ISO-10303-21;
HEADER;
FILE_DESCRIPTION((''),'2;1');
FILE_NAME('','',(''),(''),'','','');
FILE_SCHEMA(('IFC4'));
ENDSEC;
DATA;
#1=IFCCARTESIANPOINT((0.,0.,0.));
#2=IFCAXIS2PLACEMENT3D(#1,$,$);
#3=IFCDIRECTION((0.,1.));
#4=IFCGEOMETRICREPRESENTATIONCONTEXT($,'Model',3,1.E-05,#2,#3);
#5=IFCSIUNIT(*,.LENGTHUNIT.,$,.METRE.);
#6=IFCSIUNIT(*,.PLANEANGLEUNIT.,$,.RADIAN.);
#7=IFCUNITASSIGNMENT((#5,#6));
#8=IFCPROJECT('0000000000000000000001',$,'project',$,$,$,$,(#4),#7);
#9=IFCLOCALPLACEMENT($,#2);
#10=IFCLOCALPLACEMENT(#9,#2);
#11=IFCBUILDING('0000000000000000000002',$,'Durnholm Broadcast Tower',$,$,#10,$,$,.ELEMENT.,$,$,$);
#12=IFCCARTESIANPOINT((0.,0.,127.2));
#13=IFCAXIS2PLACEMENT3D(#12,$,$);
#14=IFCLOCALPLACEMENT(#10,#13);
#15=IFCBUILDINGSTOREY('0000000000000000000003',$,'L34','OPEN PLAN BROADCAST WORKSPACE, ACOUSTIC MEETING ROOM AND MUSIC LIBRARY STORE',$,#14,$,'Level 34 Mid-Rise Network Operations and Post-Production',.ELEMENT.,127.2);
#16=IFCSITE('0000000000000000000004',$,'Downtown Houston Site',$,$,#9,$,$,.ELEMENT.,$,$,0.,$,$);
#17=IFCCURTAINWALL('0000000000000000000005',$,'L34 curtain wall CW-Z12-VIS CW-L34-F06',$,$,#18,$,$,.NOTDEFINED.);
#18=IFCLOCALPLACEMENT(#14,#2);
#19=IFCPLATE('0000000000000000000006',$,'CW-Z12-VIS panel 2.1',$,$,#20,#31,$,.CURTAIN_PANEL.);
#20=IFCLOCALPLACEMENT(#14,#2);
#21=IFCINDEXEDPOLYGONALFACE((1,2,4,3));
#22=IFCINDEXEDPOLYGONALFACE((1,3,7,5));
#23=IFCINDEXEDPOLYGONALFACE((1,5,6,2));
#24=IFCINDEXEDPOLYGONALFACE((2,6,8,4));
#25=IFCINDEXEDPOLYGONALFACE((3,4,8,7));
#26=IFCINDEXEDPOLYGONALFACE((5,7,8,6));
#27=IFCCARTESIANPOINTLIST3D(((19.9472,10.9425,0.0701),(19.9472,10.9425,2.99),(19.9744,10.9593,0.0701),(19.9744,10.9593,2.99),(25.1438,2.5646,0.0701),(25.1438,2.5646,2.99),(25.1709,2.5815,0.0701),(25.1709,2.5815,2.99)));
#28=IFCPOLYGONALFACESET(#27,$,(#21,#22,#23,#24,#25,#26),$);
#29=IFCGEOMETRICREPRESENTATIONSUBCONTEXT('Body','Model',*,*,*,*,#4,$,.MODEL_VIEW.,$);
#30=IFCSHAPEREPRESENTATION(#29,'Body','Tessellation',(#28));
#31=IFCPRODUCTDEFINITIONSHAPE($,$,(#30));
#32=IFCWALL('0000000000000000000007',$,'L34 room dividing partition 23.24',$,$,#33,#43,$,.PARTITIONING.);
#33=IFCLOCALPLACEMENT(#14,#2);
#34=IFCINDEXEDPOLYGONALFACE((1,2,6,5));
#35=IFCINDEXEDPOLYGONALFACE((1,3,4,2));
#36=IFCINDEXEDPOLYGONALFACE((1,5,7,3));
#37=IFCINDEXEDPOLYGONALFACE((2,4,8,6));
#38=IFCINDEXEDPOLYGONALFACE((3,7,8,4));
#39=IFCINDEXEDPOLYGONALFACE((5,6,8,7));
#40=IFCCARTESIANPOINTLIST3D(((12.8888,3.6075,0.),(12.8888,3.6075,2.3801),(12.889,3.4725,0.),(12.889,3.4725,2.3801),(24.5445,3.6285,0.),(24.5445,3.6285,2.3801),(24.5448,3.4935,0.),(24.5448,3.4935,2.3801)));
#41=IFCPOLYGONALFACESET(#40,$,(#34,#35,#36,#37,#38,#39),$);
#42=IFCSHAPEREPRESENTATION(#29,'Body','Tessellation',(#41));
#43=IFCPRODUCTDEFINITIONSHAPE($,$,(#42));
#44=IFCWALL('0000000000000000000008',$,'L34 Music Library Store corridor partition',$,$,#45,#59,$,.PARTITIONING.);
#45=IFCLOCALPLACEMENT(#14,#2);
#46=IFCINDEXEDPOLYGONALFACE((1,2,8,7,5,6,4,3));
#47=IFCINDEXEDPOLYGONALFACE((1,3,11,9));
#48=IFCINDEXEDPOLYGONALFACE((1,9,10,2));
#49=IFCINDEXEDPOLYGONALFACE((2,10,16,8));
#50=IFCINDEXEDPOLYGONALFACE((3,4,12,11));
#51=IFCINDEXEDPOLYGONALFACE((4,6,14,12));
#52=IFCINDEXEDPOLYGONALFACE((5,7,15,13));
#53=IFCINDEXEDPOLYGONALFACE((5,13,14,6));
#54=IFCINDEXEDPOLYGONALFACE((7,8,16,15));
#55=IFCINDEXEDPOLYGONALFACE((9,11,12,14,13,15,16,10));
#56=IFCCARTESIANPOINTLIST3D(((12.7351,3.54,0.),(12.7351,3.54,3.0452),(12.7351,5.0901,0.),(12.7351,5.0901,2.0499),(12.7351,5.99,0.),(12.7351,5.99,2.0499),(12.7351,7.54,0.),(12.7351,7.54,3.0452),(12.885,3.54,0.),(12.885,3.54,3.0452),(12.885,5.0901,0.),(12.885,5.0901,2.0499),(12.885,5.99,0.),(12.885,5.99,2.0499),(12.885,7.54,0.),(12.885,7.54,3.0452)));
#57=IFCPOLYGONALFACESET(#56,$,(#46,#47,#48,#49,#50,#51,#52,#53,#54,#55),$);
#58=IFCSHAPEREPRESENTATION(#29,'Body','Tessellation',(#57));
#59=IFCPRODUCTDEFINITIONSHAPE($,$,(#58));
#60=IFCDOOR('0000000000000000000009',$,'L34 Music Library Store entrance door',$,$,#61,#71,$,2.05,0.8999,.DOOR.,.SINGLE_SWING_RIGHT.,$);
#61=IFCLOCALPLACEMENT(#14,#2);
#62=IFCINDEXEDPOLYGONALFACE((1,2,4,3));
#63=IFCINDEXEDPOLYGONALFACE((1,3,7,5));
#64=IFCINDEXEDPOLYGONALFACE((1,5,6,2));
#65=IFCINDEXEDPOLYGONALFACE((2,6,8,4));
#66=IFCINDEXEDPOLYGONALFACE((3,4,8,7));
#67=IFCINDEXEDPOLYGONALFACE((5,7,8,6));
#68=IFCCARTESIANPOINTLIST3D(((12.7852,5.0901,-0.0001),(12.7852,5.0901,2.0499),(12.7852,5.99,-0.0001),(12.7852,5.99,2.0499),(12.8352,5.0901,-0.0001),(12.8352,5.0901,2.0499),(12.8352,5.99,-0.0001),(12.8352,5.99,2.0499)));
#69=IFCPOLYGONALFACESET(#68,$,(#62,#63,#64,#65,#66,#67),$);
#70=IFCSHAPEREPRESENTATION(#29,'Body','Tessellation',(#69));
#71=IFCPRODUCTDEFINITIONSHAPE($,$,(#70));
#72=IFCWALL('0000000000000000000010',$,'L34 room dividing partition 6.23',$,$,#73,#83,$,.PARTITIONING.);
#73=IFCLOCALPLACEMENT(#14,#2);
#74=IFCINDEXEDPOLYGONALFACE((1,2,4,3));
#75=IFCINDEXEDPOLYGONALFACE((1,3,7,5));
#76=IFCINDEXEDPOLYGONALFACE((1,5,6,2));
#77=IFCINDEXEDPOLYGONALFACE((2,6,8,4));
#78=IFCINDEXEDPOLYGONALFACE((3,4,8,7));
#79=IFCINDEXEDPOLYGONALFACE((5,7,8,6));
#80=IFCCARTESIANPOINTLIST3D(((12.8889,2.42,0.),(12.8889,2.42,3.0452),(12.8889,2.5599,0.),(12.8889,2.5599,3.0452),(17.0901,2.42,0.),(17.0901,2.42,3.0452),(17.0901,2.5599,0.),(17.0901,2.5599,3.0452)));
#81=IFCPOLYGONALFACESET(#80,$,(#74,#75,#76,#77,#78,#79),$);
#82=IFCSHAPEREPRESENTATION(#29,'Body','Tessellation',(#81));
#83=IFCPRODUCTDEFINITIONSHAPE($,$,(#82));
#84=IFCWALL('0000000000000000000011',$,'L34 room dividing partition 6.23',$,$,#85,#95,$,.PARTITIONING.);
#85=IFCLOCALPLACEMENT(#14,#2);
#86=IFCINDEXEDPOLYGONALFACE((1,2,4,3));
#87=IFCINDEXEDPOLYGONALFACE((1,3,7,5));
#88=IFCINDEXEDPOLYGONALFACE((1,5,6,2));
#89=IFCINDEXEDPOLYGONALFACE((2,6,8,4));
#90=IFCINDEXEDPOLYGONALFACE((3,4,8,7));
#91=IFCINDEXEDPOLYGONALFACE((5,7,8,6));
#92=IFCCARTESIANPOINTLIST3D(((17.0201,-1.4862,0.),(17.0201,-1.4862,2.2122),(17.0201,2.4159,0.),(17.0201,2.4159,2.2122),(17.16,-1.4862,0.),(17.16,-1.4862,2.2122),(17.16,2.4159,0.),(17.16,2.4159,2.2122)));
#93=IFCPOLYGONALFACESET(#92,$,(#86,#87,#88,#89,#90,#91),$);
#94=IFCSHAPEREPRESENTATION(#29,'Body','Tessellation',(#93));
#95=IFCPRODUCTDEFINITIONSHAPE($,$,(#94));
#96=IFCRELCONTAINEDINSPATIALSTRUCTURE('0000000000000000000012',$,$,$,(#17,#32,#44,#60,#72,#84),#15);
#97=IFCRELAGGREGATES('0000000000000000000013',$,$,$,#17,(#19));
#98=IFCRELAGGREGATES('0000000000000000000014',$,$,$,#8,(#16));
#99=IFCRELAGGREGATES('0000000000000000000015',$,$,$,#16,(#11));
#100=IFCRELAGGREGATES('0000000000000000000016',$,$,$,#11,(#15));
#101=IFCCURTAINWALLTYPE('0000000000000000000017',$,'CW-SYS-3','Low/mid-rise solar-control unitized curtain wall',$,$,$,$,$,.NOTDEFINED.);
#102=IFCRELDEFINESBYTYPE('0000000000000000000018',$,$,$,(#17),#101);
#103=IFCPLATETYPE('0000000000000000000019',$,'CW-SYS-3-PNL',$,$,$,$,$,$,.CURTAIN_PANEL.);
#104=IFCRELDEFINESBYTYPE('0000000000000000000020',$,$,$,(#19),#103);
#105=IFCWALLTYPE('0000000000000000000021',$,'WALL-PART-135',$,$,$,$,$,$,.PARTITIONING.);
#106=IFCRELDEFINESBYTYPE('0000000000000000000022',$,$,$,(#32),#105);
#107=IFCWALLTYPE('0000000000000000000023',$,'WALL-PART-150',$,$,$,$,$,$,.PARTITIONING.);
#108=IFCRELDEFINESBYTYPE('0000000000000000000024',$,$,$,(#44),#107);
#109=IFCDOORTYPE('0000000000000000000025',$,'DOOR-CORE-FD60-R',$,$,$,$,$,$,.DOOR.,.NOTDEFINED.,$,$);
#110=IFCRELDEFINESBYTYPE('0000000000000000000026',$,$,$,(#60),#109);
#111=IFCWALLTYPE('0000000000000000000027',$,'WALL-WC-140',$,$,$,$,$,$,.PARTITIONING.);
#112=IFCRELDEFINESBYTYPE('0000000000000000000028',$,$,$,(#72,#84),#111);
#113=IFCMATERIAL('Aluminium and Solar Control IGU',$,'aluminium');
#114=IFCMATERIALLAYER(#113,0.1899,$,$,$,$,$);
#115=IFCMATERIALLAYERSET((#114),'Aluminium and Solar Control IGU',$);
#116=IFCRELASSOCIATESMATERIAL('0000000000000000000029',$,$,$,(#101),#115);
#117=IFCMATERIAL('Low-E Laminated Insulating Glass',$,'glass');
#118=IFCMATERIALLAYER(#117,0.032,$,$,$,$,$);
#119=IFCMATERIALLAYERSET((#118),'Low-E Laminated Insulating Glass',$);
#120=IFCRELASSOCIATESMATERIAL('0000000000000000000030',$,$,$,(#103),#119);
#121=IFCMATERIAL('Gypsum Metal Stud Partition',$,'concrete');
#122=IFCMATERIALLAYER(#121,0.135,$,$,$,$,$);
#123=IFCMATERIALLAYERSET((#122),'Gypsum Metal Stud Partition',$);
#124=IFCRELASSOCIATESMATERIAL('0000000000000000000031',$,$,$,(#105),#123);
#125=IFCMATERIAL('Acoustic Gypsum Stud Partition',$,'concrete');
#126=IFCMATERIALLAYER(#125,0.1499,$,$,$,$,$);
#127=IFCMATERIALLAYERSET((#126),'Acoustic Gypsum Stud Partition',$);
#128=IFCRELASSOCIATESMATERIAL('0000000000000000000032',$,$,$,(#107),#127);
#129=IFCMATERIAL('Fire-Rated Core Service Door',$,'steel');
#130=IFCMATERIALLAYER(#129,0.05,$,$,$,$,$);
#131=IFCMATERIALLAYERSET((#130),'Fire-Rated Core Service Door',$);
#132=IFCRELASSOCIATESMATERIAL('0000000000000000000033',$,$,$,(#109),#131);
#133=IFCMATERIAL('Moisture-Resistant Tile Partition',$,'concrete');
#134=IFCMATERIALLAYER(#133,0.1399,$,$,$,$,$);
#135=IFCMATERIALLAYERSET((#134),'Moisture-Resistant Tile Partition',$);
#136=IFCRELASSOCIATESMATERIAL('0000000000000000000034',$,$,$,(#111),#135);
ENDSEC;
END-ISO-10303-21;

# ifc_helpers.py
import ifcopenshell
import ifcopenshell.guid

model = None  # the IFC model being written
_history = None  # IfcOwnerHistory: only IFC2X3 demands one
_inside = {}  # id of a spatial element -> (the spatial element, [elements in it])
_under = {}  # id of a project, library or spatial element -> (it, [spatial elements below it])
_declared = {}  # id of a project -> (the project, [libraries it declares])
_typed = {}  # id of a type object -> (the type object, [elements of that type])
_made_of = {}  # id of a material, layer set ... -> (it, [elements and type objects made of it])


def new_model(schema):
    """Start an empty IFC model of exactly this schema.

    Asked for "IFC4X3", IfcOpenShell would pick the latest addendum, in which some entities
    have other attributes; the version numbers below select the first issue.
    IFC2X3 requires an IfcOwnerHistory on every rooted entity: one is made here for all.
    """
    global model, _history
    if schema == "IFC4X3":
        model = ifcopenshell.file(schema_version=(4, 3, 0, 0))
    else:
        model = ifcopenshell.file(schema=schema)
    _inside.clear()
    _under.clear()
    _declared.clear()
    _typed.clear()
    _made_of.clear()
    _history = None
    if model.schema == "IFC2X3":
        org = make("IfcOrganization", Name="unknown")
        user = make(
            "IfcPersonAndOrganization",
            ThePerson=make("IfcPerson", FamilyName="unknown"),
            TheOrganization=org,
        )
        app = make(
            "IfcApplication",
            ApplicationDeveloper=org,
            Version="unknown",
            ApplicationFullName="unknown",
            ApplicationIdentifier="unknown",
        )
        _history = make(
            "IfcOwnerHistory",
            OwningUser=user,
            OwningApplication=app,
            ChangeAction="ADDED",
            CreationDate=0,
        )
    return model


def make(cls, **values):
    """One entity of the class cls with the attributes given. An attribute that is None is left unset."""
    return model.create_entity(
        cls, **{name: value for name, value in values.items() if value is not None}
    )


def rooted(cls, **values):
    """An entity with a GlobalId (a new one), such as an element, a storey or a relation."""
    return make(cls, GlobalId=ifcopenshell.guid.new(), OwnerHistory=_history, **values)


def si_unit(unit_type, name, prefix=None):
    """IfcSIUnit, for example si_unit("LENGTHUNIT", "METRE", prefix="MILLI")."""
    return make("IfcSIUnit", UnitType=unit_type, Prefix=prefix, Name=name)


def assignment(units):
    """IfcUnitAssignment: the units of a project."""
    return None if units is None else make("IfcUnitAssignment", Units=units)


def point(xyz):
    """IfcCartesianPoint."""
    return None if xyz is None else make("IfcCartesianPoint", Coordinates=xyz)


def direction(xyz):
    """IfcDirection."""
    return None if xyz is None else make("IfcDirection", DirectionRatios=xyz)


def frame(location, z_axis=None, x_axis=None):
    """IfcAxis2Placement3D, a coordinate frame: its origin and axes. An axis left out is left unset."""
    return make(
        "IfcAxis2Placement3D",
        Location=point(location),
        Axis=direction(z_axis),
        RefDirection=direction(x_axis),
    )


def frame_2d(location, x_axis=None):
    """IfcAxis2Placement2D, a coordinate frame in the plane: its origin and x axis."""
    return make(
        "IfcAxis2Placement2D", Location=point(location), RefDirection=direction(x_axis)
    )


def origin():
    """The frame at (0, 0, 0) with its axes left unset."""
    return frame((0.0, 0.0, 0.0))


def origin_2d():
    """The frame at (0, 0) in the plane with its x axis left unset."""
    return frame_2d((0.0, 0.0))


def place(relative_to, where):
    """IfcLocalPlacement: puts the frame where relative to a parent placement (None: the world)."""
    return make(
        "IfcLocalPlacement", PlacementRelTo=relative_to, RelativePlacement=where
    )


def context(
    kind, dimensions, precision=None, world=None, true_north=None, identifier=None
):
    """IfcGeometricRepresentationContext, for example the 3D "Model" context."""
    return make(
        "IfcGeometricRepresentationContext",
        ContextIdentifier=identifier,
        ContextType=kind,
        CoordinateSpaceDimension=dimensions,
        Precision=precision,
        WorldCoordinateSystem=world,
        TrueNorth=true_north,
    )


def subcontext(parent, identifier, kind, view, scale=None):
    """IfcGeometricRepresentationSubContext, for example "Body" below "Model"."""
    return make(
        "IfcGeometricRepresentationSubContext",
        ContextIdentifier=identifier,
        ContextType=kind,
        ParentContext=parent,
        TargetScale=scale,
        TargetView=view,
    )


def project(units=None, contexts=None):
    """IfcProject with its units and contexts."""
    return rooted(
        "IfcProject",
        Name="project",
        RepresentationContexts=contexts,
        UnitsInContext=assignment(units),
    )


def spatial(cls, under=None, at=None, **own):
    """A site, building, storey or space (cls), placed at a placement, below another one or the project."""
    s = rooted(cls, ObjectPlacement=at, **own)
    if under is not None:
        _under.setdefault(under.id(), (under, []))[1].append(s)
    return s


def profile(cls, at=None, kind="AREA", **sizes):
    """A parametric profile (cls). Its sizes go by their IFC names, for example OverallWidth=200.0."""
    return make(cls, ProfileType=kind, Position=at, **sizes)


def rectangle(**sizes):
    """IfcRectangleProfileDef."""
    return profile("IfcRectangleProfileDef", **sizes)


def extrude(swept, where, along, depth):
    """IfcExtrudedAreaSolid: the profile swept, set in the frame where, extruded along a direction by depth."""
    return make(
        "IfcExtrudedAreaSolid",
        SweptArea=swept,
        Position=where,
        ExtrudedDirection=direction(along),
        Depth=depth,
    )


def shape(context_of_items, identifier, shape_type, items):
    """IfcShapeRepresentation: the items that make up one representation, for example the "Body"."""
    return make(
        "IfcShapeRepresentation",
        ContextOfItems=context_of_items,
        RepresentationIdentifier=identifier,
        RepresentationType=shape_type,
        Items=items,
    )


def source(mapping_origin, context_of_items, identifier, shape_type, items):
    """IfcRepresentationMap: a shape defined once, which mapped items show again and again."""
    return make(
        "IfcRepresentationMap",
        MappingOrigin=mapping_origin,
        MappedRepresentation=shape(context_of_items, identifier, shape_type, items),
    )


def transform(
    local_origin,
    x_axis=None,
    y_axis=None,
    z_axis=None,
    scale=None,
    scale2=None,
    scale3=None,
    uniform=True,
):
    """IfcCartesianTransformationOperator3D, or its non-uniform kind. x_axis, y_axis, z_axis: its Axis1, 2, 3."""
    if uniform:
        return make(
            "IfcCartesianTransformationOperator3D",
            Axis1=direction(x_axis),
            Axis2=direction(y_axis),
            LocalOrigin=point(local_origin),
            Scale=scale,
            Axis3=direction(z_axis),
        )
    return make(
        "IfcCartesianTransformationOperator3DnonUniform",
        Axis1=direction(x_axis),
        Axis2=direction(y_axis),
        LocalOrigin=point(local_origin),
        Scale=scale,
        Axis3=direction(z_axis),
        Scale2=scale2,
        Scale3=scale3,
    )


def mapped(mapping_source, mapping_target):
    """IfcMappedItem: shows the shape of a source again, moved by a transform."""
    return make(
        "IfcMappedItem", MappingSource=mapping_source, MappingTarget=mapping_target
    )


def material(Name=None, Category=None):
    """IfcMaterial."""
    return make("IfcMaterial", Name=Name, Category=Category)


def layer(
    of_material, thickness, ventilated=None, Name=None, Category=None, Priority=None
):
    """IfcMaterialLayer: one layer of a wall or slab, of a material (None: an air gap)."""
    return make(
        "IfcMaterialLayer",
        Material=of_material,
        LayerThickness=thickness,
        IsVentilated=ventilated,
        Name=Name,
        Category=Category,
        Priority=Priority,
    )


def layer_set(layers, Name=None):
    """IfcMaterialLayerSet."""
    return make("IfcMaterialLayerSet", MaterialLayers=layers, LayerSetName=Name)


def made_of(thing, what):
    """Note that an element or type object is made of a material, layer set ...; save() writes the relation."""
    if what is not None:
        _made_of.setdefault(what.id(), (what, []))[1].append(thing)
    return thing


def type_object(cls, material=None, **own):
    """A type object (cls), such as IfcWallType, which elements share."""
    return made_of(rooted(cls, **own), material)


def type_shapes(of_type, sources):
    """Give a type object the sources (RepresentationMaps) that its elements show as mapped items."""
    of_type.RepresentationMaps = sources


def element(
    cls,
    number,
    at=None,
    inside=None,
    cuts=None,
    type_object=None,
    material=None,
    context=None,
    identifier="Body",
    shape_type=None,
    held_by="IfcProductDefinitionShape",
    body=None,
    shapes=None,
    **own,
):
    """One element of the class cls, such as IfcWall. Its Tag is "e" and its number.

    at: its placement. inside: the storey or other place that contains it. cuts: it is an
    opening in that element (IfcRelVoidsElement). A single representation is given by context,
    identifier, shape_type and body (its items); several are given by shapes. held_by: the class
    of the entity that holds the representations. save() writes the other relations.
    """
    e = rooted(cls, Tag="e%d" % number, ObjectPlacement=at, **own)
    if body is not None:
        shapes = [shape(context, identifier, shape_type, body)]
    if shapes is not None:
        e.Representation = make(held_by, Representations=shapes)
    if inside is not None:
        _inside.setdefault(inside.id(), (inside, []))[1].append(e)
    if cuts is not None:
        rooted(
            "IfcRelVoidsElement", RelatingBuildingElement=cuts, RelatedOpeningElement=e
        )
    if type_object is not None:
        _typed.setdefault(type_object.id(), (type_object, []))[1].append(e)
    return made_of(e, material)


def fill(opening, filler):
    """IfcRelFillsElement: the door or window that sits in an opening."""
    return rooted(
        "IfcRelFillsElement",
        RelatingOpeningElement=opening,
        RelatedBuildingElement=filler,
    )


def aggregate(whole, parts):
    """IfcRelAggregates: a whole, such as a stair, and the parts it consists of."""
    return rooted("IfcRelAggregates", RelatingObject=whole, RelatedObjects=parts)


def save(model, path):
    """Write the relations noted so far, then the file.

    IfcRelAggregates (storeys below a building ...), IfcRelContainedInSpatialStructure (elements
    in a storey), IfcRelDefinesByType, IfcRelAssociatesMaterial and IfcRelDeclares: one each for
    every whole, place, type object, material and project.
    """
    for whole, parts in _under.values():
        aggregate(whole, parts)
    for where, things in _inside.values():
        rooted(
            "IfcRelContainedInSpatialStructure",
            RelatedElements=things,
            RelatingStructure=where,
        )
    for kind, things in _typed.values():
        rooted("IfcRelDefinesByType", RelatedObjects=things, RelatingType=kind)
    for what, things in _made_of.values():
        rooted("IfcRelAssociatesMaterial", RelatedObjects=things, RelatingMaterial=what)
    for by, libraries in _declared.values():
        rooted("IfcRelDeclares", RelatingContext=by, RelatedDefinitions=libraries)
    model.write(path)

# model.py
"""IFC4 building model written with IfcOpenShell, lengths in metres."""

from ifc_helpers import new_model, si_unit, direction, frame, frame_2d, origin, origin_2d, place, context, subcontext, project, spatial, rectangle, extrude, source, transform, mapped, material, layer, layer_set, type_object, type_shapes, element, fill, aggregate, save


model = new_model("IFC4")

# Units and contexts
model_context = context("Model", 3, precision=1e-05, world=origin(), true_north=direction((0.0, 1.0)))
body_context = subcontext(model_context, "Body", "Model", "MODEL_VIEW")
ifc_project = project(units=[si_unit("LENGTHUNIT", "METRE"), si_unit("PLANEANGLEUNIT", "RADIAN")], contexts=[model_context])

# Site, building, storey
site_placement = place(None, origin())
site = spatial("IfcSite", under=ifc_project, at=site_placement, Name="Downtown Houston Site", CompositionType="ELEMENT", RefElevation=0.0)
building_placement = place(site_placement, origin())
building = spatial("IfcBuilding", under=site, at=building_placement, Name="Durnholm Broadcast Tower", CompositionType="ELEMENT")
storey_placement = place(building_placement, frame((0.0, 0.0, 127.2)))
storey = spatial("IfcBuildingStorey", under=building, at=storey_placement, Name="L34", Description="OPEN PLAN BROADCAST WORKSPACE, ACOUSTIC MEETING ROOM AND MUSIC LIBRARY STORE", LongName="Level 34 Mid-Rise Network Operations and Post-Production", CompositionType="ELEMENT", Elevation=127.2)

# Curtain wall
ifc_material_1 = material(Name="Aluminium and Solar Control IGU", Category="aluminium")
ifc_layer_1 = layer(ifc_material_1, 0.1899)
ifc_layer_set_1 = layer_set([ifc_layer_1], Name="Aluminium and Solar Control IGU")
curtain_wall_type_1 = type_object("IfcCurtainWallType", Name="CW-SYS-3", Description="Low/mid-rise solar-control unitized curtain wall", PredefinedType="NOTDEFINED", material=ifc_layer_set_1)
curtain_wall_1_placement = place(storey_placement, origin())
curtain_wall_1 = element("IfcCurtainWall", 1, at=curtain_wall_1_placement, inside=storey, type_object=curtain_wall_type_1, Name="L34 curtain wall CW-Z12-VIS CW-L34-F06", PredefinedType="NOTDEFINED")

# Plate
ifc_material_2 = material(Name="Low-E Laminated Insulating Glass", Category="glass")
ifc_layer_2 = layer(ifc_material_2, 0.032)
ifc_layer_set_2 = layer_set([ifc_layer_2], Name="Low-E Laminated Insulating Glass")
plate_type_1 = type_object("IfcPlateType", Name="CW-SYS-3-PNL", PredefinedType="CURTAIN_PANEL", material=ifc_layer_set_2)
shared_shape_1 = source(origin(), body_context, "Body", "SweptSolid", [
    extrude(rectangle(XDim=9.8586, YDim=0.032, at=origin_2d()), origin(), (0.0, 0.0, 1.0), 2.9199),
])
type_shapes(plate_type_1, [shared_shape_1])
plate_1_placement = place(storey_placement, frame((22.5591, 6.762, 0.0701), z_axis=(0.0, 0.0, 1.0), x_axis=(0.527105, -0.8498, 0.0)))
plate_1 = element("IfcPlate", 2, at=plate_1_placement, type_object=plate_type_1, Name="CW-Z12-VIS panel 2.1", PredefinedType="CURTAIN_PANEL", context=body_context, shape_type="MappedRepresentation", body=[
    mapped(shared_shape_1, transform((0.0, 0.0, 0.0), x_axis=(1.0, 0.0, 0.0), y_axis=(0.0, 1.0, 0.0), z_axis=(0.0, 0.0, 1.0), scale=1.0)),
])
aggregate(curtain_wall_1, [plate_1])

# Wall
ifc_material_3 = material(Name="Gypsum Metal Stud Partition", Category="concrete")
ifc_layer_3 = layer(ifc_material_3, 0.135)
ifc_layer_set_3 = layer_set([ifc_layer_3], Name="Gypsum Metal Stud Partition")
wall_type_1 = type_object("IfcWallType", Name="WALL-PART-135", PredefinedType="PARTITIONING", material=ifc_layer_set_3)
wall_1_placement = place(storey_placement, frame((12.8889, 3.54, 0.0), z_axis=(0.0, 0.0, 1.0), x_axis=(0.999998, 0.001801, 0.0)))
element("IfcWall", 3, at=wall_1_placement, inside=storey, type_object=wall_type_1, Name="L34 room dividing partition 23.24", PredefinedType="PARTITIONING", context=body_context, shape_type="SweptSolid", body=[
    extrude(rectangle(XDim=11.6558, YDim=0.135, at=frame_2d((5.8279, 0.0))), origin(), (0.0, 0.0, 1.0), 2.3801),
])

# Wall, opening, door
ifc_material_4 = material(Name="Acoustic Gypsum Stud Partition", Category="concrete")
ifc_layer_4 = layer(ifc_material_4, 0.1499)
ifc_layer_set_4 = layer_set([ifc_layer_4], Name="Acoustic Gypsum Stud Partition")
wall_type_2 = type_object("IfcWallType", Name="WALL-PART-150", PredefinedType="PARTITIONING", material=ifc_layer_set_4)
wall_2_placement = place(storey_placement, frame((12.8101, 3.54, 0.0), z_axis=(0.0, 0.0, 1.0), x_axis=(0.0, 1.0, 0.0)))
wall_2 = element("IfcWall", 4, at=wall_2_placement, inside=storey, type_object=wall_type_2, Name="L34 Music Library Store corridor partition", PredefinedType="PARTITIONING", context=body_context, shape_type="SweptSolid", body=[
    extrude(rectangle(XDim=4.0, YDim=0.1499, at=frame_2d((2.0, 0.0))), origin(), (0.0, 0.0, 1.0), 3.0452),
])
opening_1_placement = place(wall_2_placement, frame((1.55, 0.0, 0.0)))
opening_1 = element("IfcOpeningElement", 5, at=opening_1_placement, cuts=wall_2, PredefinedType="OPENING", context=body_context, shape_type="SweptSolid", body=[
    extrude(rectangle(XDim=0.8999, YDim=2.05, at=frame_2d((0.45, 1.0249))), frame((0.0, 0.085, 0.0), z_axis=(0.0, -1.0, 0.0), x_axis=(1.0, 0.0, 0.0)), (0.0, 0.0, 1.0), 0.1699),
])
ifc_material_5 = material(Name="Fire-Rated Core Service Door", Category="steel")
ifc_layer_5 = layer(ifc_material_5, 0.05)
ifc_layer_set_5 = layer_set([ifc_layer_5], Name="Fire-Rated Core Service Door")
door_type_1 = type_object("IfcDoorType", Name="DOOR-CORE-FD60-R", OperationType="NOTDEFINED", PredefinedType="DOOR", material=ifc_layer_set_5)
shared_shape_2 = source(origin(), body_context, "Body", "SweptSolid", [
    extrude(rectangle(XDim=0.8999, YDim=2.05, at=frame_2d((0.45, 1.0249))), frame((0.0, 0.0249, 0.0), z_axis=(0.0, -1.0, 0.0), x_axis=(1.0, 0.0, 0.0)), (0.0, 0.0, 1.0), 0.05),
])
type_shapes(door_type_1, [shared_shape_2])
door_1_placement = place(opening_1_placement, origin())
door_1 = element("IfcDoor", 6, at=door_1_placement, inside=storey, type_object=door_type_1, Name="L34 Music Library Store entrance door", OperationType="SINGLE_SWING_RIGHT", OverallHeight=2.05, OverallWidth=0.8999, PredefinedType="DOOR", context=body_context, shape_type="MappedRepresentation", body=[
    mapped(shared_shape_2, transform((0.0, 0.0, 0.0), x_axis=(1.0, 0.0, 0.0), y_axis=(0.0, 1.0, 0.0), z_axis=(0.0, 0.0, 1.0), scale=1.0)),
])
fill(opening_1, door_1)

# Walls
ifc_material_6 = material(Name="Moisture-Resistant Tile Partition", Category="concrete")
ifc_layer_6 = layer(ifc_material_6, 0.1399)
ifc_layer_set_6 = layer_set([ifc_layer_6], Name="Moisture-Resistant Tile Partition")
wall_type_3 = type_object("IfcWallType", Name="WALL-WC-140", PredefinedType="PARTITIONING", material=ifc_layer_set_6)
wall_3_placement = place(storey_placement, frame((12.8889, 2.49, 0.0), z_axis=(0.0, 0.0, 1.0), x_axis=(1.0, 0.0, 0.0)))
element("IfcWall", 7, at=wall_3_placement, inside=storey, type_object=wall_type_3, Name="L34 room dividing partition 6.23", PredefinedType="PARTITIONING", context=body_context, shape_type="SweptSolid", body=[
    extrude(rectangle(XDim=4.2012, YDim=0.1399, at=frame_2d((2.1006, 0.0))), origin(), (0.0, 0.0, 1.0), 3.0452),
])
wall_4_placement = place(storey_placement, frame((17.0901, 2.416, 0.0), z_axis=(0.0, 0.0, 1.0), x_axis=(0.0, -1.0, 0.0)))
element("IfcWall", 8, at=wall_4_placement, inside=storey, type_object=wall_type_3, Name="L34 room dividing partition 6.23", PredefinedType="PARTITIONING", context=body_context, shape_type="SweptSolid", body=[
    extrude(rectangle(XDim=3.9021, YDim=0.1399, at=frame_2d((1.9512, 0.0))), origin(), (0.0, 0.0, 1.0), 2.2122),
])

save(model, "model.ifc")
